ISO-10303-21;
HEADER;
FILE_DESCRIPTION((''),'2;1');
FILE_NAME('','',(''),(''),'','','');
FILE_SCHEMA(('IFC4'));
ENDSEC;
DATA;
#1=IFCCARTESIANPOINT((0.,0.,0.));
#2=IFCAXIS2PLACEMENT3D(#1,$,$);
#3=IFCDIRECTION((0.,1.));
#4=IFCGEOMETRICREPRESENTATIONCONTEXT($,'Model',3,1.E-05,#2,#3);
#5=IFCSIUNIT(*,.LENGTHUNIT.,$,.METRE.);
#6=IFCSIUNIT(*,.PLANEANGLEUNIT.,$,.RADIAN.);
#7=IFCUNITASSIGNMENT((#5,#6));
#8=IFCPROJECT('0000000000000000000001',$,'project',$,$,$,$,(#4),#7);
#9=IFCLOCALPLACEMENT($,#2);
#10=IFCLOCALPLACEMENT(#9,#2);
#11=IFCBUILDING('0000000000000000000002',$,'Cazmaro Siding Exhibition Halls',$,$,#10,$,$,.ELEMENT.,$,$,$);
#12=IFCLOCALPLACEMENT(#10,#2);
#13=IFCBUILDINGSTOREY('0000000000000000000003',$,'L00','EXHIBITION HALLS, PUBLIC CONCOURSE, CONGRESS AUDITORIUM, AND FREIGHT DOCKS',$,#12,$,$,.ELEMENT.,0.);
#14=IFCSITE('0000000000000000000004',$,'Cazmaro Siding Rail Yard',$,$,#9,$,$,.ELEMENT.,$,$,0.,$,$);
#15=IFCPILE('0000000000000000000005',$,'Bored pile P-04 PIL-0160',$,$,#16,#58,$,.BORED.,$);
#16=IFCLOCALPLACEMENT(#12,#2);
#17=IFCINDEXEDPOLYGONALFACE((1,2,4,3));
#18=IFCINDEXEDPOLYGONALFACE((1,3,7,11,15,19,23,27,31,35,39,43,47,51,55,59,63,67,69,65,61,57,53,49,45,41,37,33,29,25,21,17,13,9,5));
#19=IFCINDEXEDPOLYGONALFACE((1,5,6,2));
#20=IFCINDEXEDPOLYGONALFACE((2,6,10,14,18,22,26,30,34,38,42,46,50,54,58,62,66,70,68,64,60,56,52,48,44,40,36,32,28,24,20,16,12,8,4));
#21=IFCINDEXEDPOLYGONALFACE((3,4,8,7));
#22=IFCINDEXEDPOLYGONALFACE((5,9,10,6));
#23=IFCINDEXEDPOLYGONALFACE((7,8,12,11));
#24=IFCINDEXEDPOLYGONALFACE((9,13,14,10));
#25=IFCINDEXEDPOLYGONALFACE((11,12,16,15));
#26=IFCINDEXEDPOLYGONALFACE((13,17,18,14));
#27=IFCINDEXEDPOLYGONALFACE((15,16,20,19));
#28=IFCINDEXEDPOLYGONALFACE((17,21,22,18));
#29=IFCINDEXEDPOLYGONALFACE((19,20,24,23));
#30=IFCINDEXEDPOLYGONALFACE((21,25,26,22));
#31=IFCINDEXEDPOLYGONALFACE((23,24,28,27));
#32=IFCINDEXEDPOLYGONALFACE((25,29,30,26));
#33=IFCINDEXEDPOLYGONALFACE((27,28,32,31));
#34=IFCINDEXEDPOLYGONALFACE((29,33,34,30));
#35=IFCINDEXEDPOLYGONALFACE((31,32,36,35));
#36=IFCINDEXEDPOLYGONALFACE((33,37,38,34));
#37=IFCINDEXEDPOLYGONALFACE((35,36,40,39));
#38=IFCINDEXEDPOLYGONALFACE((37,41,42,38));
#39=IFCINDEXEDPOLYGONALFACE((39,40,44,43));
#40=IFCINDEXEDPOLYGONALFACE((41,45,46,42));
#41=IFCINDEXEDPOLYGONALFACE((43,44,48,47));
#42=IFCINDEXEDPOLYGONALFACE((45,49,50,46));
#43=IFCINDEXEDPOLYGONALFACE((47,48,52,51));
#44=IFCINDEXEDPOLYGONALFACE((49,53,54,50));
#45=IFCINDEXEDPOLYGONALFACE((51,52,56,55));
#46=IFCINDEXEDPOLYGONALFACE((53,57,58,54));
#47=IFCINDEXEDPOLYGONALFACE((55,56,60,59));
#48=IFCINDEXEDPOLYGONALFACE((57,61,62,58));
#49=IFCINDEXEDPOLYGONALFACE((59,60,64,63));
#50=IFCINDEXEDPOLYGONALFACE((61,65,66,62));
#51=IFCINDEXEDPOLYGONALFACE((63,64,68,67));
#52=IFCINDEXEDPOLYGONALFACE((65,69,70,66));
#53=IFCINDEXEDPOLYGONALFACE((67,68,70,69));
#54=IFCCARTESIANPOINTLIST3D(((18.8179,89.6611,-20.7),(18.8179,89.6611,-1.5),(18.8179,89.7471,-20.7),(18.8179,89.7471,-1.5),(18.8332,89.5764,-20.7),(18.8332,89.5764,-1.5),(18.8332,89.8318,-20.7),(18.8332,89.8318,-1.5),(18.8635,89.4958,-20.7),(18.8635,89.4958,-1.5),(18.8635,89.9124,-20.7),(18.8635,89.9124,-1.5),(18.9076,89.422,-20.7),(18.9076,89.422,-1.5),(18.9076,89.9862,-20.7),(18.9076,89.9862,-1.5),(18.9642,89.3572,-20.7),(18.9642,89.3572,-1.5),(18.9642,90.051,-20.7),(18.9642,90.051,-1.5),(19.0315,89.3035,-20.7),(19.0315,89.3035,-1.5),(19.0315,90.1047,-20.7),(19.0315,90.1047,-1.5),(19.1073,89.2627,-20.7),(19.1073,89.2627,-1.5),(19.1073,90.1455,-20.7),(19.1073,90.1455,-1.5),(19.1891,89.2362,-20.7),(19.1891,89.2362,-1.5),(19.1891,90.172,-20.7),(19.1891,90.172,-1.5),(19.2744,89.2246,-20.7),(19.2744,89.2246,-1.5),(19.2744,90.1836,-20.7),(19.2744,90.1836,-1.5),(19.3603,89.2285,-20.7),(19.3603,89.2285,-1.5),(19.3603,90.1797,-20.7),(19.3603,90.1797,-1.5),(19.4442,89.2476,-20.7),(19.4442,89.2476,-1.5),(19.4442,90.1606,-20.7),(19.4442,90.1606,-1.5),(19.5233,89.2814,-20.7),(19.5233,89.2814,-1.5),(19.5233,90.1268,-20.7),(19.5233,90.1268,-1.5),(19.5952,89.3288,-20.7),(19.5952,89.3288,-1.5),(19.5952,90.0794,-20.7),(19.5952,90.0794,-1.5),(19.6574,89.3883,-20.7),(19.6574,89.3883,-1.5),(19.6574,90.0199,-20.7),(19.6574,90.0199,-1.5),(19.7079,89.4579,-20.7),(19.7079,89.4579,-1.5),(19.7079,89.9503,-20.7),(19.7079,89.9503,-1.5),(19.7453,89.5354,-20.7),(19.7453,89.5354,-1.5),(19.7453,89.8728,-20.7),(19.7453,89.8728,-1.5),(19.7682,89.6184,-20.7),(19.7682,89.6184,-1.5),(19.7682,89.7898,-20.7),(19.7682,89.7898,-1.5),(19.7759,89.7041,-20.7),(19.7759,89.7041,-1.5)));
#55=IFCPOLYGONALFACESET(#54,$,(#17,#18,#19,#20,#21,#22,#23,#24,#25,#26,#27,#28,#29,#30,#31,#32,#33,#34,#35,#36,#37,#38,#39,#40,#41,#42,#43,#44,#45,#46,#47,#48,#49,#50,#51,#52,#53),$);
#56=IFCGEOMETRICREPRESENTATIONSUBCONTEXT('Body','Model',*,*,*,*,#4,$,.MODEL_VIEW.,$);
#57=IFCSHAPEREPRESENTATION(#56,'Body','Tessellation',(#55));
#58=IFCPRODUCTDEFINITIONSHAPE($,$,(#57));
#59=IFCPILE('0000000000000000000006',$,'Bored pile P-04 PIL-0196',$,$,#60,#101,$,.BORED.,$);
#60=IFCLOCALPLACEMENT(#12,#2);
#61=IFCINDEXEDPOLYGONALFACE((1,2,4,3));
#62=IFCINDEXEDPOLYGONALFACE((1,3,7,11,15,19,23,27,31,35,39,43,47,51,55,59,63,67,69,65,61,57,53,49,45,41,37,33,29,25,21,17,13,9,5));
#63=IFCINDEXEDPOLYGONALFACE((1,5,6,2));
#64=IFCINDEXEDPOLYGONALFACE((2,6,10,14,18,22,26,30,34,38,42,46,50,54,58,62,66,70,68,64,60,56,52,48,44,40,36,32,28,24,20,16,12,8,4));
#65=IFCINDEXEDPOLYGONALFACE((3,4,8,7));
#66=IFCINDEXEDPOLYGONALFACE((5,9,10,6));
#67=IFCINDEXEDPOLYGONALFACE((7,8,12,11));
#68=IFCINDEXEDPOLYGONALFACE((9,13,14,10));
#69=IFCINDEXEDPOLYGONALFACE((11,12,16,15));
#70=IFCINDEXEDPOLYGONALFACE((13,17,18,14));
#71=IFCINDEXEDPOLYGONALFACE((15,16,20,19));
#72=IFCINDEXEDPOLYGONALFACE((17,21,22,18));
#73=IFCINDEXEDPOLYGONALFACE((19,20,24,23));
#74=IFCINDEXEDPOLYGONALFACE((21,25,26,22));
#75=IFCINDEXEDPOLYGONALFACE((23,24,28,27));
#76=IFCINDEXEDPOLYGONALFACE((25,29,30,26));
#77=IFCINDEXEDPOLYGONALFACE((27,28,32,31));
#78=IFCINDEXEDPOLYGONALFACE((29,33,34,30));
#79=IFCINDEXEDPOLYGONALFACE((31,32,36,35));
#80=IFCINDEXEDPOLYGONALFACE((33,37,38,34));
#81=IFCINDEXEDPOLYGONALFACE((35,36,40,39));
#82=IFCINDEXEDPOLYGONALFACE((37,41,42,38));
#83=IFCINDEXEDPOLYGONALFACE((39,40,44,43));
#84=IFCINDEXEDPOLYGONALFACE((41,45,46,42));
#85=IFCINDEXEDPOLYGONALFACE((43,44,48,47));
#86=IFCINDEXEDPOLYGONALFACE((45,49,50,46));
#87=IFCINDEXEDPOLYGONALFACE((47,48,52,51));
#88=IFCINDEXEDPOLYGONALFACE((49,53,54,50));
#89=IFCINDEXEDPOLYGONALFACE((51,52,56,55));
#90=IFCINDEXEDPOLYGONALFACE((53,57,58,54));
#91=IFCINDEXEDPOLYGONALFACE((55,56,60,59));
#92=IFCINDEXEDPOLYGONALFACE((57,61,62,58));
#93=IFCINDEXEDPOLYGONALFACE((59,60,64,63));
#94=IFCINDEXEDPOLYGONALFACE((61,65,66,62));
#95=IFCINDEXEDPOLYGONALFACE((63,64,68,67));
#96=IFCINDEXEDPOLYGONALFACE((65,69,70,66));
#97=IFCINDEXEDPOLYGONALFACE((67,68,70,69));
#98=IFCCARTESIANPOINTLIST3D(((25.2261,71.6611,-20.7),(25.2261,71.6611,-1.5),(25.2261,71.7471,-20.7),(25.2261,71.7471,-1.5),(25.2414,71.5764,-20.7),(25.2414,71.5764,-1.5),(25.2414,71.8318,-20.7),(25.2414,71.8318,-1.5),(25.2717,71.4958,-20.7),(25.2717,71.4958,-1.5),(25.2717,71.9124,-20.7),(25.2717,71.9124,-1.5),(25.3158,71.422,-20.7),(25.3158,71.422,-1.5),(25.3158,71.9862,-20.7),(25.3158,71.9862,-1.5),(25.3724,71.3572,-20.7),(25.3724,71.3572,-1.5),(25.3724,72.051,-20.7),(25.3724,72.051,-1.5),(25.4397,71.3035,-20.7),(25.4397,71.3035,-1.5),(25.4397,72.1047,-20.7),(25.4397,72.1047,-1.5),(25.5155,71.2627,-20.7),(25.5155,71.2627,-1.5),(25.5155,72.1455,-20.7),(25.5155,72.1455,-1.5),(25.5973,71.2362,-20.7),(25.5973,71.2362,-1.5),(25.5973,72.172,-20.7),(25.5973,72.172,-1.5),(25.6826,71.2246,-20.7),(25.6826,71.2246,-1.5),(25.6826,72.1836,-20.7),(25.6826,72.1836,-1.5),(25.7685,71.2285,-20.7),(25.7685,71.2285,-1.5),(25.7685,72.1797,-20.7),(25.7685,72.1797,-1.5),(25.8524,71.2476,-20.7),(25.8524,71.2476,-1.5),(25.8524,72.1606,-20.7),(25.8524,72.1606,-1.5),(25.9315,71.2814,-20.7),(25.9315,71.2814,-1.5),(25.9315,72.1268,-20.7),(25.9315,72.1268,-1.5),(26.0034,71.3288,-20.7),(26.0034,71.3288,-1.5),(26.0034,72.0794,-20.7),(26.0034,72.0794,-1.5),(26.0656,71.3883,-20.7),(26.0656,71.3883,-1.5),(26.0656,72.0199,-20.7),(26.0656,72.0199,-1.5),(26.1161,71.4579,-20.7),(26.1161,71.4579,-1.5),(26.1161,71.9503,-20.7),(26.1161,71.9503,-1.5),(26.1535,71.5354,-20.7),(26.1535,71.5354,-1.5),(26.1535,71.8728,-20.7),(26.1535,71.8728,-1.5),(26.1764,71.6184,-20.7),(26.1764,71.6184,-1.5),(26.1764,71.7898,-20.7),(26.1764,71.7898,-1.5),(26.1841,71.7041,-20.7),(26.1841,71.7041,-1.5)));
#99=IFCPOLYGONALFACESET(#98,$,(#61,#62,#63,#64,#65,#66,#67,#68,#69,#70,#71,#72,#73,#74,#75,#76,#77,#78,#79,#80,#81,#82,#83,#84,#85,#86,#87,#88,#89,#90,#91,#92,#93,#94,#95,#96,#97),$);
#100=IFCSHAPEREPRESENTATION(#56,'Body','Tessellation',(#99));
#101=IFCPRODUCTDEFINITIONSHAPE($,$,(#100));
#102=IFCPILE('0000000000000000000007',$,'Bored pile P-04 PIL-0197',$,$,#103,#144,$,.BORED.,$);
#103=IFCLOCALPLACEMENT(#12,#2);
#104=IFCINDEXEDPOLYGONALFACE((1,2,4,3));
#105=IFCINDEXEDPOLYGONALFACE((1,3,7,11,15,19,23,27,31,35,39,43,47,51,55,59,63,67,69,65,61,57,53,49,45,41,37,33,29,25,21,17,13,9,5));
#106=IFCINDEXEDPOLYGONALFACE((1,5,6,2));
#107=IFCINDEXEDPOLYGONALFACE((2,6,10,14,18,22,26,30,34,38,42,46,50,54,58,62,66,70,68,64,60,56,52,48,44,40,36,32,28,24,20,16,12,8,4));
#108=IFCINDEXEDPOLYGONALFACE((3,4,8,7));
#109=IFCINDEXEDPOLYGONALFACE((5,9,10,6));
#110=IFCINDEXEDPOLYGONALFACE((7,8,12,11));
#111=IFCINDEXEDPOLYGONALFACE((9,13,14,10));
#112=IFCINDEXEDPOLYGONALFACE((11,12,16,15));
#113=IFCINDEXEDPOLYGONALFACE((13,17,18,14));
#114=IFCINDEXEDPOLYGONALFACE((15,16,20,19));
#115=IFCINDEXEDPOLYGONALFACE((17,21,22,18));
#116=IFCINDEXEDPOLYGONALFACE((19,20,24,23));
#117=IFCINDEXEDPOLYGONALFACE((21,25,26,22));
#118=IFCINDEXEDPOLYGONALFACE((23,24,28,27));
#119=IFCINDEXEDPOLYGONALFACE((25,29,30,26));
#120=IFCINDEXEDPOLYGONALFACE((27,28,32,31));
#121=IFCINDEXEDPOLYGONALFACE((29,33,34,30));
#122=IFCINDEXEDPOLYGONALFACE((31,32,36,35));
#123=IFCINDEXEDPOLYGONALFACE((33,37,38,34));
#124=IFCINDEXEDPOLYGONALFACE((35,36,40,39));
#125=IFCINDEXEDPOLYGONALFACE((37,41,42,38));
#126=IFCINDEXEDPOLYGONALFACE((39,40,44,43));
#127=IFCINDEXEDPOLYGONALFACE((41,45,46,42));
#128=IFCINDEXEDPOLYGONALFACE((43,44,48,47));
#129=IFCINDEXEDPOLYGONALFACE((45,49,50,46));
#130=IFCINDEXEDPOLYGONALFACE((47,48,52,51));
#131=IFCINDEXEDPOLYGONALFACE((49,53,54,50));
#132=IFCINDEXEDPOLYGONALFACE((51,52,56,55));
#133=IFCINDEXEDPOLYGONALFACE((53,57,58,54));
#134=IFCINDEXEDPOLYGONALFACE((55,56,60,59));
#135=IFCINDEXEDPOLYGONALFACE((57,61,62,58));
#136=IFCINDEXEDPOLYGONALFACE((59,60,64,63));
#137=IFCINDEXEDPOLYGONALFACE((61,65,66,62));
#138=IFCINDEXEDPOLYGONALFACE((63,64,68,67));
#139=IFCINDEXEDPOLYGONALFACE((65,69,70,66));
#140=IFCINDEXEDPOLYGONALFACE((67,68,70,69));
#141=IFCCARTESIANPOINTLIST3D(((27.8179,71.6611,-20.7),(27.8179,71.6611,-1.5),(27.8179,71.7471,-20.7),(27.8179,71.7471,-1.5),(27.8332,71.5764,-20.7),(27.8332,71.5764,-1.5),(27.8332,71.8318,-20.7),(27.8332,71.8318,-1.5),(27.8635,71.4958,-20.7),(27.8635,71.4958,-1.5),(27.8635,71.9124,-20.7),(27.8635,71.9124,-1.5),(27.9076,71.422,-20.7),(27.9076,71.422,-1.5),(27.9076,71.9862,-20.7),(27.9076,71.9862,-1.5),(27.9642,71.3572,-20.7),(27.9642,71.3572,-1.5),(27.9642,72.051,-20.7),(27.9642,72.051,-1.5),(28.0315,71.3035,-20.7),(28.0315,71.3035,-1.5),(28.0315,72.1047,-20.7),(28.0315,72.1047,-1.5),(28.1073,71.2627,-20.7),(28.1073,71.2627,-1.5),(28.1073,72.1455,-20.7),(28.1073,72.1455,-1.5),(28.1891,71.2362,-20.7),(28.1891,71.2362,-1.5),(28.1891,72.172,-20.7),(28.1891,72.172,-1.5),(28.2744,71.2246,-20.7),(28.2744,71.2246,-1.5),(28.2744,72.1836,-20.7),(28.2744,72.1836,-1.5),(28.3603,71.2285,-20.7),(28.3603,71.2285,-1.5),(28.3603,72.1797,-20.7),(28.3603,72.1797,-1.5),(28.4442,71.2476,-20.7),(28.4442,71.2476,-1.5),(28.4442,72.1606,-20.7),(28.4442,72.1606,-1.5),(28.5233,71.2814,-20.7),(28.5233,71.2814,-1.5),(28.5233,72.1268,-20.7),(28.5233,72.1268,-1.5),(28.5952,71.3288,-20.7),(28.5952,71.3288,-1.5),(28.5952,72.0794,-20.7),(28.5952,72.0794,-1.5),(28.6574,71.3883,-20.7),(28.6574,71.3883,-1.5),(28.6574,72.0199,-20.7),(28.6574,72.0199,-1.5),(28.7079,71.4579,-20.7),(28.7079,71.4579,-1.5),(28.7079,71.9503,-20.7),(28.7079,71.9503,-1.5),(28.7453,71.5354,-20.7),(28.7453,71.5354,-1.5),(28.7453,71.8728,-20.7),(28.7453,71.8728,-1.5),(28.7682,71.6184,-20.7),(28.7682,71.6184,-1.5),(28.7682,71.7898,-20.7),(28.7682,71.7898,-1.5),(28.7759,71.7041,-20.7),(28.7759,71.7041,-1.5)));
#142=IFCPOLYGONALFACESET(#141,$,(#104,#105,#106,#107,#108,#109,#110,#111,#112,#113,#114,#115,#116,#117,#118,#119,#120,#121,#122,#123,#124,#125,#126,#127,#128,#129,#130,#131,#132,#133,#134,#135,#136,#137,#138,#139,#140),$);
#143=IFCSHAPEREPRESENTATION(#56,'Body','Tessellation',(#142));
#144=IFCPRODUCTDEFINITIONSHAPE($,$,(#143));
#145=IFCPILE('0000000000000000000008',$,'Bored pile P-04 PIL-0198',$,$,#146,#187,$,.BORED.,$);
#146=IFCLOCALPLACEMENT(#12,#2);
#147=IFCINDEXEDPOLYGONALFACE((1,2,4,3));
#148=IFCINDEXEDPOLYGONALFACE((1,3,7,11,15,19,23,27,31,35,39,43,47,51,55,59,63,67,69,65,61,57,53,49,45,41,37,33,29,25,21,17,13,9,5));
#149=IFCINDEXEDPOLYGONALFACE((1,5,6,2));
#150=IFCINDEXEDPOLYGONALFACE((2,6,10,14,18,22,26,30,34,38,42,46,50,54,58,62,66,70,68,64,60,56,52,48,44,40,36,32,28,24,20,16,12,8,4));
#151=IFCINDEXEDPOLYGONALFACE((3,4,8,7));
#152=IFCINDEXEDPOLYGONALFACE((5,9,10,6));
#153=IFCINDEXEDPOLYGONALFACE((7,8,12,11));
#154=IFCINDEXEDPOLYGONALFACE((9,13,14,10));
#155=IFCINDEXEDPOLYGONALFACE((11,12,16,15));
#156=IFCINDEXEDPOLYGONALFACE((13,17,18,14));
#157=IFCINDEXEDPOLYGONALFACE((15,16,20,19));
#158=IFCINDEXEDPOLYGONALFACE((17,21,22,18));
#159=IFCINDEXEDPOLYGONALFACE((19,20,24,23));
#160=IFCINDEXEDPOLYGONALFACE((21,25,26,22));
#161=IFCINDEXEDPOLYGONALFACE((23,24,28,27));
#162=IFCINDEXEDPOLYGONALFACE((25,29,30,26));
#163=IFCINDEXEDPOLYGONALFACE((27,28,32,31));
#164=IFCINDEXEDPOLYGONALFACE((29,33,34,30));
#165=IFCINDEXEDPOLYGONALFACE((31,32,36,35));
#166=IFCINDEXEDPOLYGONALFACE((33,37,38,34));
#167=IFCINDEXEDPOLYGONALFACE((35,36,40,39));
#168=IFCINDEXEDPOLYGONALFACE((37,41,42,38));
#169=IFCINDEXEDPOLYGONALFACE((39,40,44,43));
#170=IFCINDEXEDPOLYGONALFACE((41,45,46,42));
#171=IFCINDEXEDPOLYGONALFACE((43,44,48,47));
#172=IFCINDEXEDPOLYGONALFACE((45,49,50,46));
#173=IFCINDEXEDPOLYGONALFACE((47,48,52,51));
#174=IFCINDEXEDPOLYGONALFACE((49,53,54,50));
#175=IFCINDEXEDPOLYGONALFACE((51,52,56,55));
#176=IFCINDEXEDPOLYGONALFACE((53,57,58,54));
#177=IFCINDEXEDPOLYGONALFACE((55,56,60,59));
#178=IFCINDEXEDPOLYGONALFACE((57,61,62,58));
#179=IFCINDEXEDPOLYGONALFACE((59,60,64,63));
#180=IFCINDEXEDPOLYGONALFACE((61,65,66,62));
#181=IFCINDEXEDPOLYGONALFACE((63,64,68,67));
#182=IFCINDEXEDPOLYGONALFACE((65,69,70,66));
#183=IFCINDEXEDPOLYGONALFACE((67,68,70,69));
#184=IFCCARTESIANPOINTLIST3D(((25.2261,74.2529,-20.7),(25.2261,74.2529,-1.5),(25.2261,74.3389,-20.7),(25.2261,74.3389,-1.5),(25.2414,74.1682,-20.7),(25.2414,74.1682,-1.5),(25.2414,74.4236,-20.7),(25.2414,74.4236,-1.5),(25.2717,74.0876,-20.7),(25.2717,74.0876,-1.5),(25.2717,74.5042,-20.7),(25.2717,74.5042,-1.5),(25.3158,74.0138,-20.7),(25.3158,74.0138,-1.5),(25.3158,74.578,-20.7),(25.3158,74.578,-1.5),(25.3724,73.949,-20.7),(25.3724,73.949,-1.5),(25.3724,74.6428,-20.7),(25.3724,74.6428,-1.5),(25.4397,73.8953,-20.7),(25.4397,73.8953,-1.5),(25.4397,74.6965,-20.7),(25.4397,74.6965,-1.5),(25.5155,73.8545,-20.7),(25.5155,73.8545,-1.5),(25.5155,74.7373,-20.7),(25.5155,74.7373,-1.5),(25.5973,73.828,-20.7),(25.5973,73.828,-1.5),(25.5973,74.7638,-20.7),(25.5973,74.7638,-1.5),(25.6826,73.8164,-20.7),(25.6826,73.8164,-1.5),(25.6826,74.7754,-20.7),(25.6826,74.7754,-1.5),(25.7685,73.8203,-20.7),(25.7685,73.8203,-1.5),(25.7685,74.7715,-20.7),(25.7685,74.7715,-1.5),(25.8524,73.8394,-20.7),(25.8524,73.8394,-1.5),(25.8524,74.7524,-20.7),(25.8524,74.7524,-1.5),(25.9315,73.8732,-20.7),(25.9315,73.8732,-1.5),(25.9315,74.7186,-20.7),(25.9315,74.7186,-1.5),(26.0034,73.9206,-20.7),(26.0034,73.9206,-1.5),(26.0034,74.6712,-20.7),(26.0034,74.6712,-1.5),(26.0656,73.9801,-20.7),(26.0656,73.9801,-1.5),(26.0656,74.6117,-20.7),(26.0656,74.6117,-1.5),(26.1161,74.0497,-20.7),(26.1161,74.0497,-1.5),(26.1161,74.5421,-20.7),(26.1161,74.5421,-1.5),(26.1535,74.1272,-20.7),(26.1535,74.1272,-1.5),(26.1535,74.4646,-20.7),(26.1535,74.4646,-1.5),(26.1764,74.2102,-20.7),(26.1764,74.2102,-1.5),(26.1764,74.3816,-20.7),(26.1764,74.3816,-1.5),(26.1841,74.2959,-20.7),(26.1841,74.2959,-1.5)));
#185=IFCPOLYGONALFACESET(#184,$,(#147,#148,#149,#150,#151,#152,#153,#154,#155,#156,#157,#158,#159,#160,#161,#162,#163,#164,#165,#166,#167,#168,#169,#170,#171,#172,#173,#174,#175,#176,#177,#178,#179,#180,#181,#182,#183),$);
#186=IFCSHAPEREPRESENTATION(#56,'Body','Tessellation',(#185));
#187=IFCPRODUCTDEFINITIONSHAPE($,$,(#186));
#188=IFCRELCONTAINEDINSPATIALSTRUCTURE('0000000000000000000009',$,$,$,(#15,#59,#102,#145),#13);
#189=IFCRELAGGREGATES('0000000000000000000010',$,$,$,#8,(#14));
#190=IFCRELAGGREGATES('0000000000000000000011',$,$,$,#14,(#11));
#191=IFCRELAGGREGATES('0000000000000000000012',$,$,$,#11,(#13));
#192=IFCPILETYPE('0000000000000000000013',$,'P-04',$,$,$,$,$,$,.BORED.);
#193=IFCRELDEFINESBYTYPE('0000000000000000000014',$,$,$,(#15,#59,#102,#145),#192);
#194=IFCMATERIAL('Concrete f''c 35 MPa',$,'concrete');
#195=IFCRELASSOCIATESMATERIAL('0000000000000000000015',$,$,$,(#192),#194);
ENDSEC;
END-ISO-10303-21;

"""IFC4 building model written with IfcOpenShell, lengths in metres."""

from ifc_helpers import new_model, si_unit, direction, frame, origin, origin_2d, place, context, subcontext, project, spatial, circle, extrude, material, material_profile, profile_set, type_object, element, save


model = new_model("IFC4")

# Units and contexts
model_context = context("Model", 3, precision=1e-05, world=origin(), true_north=direction((0.0, 1.0)))
body_context = subcontext(model_context, "Body", "Model", "MODEL_VIEW")
ifc_project = project(units=[si_unit("LENGTHUNIT", "METRE"), si_unit("PLANEANGLEUNIT", "RADIAN")], contexts=[model_context])

# Site, building, storey
site_placement = place(None, origin())
site = spatial("IfcSite", under=ifc_project, at=site_placement, Name="Cazmaro Siding Rail Yard", CompositionType="ELEMENT", RefElevation=0.0)
building_placement = place(site_placement, origin())
building = spatial("IfcBuilding", under=site, at=building_placement, Name="Cazmaro Siding Exhibition Halls", CompositionType="ELEMENT")
storey_placement = place(building_placement, origin())
storey = spatial("IfcBuildingStorey", under=building, at=storey_placement, Name="L00", Description="EXHIBITION HALLS, PUBLIC CONCOURSE, CONGRESS AUDITORIUM, AND FREIGHT DOCKS", CompositionType="ELEMENT", Elevation=0.0)

# Piles
ifc_material_1 = material(Name="Concrete f'c 35 MPa", Category="concrete")
ifc_material_profile_1 = material_profile(ifc_material_1, circle(Radius=0.48, at=origin_2d()), Name="CIDH-960")
ifc_profile_set_1 = profile_set([ifc_material_profile_1], Name="Concrete f'c 35 MPa")
pile_type = type_object("IfcPileType", Name="P-04", PredefinedType="BORED", material=ifc_profile_set_1)
for number, where, z_axis, x_axis, name in (
    (1, (19.2959, 89.7041, -1.5), (0.0, 0.0, -1.0), (1.0, 0.0, 0.0), "Bored pile P-04 PIL-0160"),
    (2, (25.7041, 71.7041, -1.5), (0.0, 0.0, -1.0), (1.0, 0.0, 0.0), "Bored pile P-04 PIL-0196"),
    (3, (28.2959, 71.7041, -1.5), (0.0, 0.0, -1.0), (1.0, 0.0, 0.0), "Bored pile P-04 PIL-0197"),
    (4, (25.7041, 74.2959, -1.5), (0.0, 0.0, -1.0), (1.0, 0.0, 0.0), "Bored pile P-04 PIL-0198"),
):
    element("IfcPile", number, at=place(storey_placement, frame(where, z_axis=z_axis, x_axis=x_axis)), inside=storey, type_object=pile_type, Name=name, PredefinedType="BORED", context=body_context, shape_type="SweptSolid", body=[
        extrude(circle(Radius=0.48, at=origin_2d()), origin(), (0.0, 0.0, 1.0), 19.2),
    ])

save(model, "model.ifc")
